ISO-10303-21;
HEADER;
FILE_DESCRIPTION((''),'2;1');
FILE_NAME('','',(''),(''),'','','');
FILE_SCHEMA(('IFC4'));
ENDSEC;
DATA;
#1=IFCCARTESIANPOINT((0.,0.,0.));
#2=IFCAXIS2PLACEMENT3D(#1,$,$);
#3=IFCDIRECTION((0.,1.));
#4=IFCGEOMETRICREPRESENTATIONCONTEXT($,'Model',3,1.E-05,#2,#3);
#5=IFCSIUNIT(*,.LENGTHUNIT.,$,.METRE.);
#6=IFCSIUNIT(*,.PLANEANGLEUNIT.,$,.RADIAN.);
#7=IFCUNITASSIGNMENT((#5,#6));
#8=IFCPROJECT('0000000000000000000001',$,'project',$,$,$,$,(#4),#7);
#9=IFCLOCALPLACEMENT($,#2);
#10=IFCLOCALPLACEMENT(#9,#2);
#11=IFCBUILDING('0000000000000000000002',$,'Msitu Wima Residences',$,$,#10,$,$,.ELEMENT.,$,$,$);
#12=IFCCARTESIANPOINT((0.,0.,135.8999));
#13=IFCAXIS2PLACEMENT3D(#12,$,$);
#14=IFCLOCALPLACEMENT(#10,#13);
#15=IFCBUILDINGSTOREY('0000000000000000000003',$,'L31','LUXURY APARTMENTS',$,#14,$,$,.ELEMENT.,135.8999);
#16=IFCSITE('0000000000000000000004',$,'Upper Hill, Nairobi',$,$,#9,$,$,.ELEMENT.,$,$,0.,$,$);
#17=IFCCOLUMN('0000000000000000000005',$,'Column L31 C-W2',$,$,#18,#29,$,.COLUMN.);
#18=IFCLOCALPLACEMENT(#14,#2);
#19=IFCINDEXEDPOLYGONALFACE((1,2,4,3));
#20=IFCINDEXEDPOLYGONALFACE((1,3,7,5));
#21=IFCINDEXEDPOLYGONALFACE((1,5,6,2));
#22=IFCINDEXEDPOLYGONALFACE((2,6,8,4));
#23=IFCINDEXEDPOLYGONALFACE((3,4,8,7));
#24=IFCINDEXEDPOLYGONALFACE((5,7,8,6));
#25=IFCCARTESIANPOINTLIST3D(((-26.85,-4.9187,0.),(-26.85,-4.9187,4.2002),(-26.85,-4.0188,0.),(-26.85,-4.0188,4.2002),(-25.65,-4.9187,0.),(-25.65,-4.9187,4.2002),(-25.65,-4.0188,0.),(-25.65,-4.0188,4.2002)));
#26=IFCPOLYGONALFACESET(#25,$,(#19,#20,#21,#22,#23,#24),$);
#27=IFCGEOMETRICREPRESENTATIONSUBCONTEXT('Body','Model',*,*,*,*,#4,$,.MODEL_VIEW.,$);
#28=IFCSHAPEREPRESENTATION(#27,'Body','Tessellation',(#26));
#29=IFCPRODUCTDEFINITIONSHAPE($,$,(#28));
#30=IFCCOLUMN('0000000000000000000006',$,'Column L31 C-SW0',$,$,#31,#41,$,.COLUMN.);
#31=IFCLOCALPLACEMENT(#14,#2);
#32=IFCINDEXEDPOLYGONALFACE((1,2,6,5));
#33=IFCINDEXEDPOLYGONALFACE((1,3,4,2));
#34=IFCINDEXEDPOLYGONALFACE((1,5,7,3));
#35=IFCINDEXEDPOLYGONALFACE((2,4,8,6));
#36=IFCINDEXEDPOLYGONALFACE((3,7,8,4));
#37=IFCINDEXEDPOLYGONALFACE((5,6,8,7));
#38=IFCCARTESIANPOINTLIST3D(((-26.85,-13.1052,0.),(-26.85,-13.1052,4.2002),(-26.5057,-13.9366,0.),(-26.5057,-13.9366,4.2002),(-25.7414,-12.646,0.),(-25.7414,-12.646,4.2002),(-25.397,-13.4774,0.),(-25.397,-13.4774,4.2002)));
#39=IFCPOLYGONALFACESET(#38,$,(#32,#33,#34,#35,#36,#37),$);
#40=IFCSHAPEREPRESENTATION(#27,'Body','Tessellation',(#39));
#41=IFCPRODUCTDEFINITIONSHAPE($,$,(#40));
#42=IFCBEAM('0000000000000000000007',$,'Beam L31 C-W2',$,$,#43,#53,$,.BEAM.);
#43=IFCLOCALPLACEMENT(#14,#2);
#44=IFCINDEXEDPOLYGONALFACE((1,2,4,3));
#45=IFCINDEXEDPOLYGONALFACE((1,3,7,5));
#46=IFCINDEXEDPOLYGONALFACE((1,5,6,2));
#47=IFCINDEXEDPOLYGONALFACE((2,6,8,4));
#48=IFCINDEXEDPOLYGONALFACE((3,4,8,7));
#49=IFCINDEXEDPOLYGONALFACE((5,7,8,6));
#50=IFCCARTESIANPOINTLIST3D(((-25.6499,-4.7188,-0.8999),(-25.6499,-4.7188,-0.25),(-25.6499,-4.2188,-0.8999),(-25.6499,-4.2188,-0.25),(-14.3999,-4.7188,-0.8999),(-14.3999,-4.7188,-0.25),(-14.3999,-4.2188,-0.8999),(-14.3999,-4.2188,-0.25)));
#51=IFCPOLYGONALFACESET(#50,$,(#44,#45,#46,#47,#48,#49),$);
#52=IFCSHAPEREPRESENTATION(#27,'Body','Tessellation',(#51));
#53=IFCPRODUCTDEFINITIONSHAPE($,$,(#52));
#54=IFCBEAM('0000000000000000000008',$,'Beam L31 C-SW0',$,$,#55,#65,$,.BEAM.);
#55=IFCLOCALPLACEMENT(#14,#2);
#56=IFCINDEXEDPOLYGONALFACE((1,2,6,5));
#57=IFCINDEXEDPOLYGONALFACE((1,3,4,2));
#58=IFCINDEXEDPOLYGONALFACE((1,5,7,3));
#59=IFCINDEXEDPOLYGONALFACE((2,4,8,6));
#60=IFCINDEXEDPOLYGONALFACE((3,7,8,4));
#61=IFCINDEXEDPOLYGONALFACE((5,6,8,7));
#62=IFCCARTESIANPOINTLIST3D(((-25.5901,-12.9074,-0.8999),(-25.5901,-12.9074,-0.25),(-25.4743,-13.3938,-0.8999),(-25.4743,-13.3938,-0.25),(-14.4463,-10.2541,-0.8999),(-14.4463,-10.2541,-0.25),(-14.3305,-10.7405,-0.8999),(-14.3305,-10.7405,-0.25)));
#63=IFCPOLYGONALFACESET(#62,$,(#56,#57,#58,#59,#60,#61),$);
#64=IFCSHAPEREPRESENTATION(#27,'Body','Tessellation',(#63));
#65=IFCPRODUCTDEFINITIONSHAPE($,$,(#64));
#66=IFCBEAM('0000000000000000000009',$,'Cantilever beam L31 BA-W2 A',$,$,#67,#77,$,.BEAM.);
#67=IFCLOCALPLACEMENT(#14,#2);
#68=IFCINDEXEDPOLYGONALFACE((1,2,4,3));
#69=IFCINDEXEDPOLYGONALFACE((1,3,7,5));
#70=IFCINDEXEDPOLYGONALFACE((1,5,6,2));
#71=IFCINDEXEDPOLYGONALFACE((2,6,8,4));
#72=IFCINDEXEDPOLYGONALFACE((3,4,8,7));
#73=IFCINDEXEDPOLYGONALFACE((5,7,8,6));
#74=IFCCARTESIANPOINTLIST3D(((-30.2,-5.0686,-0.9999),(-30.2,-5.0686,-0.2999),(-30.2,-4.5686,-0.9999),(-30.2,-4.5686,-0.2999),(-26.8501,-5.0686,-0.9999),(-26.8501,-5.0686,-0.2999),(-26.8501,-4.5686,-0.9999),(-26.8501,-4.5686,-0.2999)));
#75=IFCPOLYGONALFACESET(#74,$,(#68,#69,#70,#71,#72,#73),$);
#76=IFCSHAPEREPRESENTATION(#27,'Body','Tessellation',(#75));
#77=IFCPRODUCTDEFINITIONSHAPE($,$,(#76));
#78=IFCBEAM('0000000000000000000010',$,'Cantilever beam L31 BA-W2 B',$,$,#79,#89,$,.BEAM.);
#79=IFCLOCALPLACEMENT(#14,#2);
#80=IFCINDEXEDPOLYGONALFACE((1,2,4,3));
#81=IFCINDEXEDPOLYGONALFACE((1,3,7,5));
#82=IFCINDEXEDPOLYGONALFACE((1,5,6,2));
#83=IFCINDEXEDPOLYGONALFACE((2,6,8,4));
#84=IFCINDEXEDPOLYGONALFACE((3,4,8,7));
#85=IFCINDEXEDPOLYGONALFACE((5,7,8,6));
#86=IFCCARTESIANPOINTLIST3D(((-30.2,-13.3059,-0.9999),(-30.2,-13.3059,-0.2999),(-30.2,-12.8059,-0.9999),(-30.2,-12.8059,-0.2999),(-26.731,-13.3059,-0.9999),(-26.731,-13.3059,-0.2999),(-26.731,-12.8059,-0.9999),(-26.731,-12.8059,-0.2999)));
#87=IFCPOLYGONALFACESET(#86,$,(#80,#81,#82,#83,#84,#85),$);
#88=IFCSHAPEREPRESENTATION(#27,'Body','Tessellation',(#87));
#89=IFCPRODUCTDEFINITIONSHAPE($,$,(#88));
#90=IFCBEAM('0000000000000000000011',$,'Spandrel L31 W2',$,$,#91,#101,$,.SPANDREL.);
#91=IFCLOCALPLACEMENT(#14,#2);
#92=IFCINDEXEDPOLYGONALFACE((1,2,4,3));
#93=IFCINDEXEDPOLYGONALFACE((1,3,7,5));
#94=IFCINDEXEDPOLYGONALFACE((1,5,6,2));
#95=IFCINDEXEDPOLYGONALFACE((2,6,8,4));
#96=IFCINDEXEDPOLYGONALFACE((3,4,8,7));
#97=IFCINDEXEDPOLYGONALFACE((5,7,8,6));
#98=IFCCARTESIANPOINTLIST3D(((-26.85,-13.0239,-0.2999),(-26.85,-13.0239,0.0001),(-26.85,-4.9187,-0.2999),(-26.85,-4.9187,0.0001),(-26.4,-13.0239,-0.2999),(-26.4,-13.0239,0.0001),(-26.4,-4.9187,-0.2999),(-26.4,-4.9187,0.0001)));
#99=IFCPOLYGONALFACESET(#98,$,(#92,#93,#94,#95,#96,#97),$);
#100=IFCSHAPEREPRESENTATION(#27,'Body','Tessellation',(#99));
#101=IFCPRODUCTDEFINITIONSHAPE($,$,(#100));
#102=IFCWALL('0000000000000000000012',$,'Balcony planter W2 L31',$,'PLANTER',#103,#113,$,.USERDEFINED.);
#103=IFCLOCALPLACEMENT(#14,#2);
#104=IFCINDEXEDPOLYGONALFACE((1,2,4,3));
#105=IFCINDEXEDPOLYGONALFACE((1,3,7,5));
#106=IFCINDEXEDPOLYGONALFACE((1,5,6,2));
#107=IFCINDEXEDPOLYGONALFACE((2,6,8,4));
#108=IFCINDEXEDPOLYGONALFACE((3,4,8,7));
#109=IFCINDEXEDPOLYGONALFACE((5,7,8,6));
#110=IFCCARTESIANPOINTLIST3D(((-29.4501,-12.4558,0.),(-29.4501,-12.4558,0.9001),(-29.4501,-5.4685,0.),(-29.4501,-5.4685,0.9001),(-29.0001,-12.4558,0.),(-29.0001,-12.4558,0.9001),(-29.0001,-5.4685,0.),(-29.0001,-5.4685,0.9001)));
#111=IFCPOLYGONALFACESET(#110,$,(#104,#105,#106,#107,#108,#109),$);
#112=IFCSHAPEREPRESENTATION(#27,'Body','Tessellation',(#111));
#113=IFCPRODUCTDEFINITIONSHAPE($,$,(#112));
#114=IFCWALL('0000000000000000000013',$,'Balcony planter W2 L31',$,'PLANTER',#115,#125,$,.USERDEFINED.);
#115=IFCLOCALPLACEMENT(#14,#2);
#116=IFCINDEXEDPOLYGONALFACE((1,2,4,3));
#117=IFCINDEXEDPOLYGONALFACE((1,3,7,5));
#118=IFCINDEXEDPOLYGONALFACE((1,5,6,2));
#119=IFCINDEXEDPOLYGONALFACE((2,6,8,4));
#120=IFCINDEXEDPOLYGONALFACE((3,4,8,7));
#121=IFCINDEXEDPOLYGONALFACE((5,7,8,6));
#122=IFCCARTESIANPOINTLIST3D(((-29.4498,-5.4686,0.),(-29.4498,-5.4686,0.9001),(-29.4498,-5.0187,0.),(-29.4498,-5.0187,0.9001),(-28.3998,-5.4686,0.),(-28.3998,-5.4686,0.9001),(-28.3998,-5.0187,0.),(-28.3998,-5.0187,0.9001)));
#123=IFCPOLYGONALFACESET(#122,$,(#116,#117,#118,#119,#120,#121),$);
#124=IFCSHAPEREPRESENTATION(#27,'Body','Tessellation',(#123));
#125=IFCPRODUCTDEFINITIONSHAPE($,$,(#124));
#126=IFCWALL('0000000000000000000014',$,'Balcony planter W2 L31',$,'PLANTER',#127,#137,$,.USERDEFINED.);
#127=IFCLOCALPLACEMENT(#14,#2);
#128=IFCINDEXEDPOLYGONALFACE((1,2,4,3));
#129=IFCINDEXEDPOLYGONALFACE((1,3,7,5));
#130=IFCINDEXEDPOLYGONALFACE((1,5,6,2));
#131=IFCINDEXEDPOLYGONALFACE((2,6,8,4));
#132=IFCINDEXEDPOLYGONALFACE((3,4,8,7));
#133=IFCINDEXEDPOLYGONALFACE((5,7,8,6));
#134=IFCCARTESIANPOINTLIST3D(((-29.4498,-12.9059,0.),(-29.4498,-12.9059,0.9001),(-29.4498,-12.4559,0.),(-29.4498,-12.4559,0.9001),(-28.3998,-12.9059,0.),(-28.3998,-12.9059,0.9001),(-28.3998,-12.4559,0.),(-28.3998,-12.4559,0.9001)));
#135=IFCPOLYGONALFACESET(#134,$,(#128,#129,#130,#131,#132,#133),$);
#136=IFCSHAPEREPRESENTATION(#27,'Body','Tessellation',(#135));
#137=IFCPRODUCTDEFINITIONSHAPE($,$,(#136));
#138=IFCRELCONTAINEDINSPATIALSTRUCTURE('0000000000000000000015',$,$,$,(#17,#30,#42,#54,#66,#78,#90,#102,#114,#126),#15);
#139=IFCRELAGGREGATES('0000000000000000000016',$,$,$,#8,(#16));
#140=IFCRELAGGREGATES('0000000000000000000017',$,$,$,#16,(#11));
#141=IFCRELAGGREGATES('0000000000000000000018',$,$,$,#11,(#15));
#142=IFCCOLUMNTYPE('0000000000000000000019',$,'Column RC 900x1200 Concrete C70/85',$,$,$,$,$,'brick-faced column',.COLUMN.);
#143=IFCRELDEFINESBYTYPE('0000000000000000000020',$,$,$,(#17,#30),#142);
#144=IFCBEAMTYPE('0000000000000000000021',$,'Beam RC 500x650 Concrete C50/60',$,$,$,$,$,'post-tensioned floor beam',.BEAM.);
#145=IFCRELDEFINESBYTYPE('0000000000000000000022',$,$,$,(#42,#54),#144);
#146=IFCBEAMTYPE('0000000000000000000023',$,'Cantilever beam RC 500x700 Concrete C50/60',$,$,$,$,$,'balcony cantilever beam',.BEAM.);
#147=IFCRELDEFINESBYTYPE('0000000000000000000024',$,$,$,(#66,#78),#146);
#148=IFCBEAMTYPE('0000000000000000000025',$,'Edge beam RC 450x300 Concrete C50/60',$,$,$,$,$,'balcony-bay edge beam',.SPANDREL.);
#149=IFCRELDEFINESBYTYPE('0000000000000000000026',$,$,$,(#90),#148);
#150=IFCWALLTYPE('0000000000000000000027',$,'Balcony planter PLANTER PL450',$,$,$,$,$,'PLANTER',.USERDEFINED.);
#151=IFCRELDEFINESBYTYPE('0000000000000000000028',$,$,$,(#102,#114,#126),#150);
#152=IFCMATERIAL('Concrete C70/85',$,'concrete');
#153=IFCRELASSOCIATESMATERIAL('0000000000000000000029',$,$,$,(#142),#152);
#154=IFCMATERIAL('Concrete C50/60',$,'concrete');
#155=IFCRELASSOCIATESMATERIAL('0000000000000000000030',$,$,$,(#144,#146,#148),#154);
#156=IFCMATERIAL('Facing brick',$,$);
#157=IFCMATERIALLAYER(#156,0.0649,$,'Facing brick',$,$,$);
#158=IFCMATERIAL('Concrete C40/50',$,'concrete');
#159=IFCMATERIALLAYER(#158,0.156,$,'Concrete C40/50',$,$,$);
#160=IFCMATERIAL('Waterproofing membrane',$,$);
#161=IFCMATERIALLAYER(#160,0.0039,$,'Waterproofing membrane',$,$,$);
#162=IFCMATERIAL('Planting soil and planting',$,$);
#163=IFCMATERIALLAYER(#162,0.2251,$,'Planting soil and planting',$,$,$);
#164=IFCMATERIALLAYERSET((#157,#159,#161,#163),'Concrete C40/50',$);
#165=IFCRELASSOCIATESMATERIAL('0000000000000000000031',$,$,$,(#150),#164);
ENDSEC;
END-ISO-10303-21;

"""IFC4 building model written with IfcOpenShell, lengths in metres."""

from ifc_helpers import new_model, si_unit, direction, frame, frame_2d, origin, origin_2d, place, context, subcontext, project, spatial, rectangle, extrude, material, layer, layer_set, material_profile, profile_set, type_object, element, save


model = new_model("IFC4")

# Units and contexts
model_context = context("Model", 3, precision=1e-05, world=origin(), true_north=direction((0.0, 1.0)))
body_context = subcontext(model_context, "Body", "Model", "MODEL_VIEW")
ifc_project = project(units=[si_unit("LENGTHUNIT", "METRE"), si_unit("PLANEANGLEUNIT", "RADIAN")], contexts=[model_context])

# Site, building, storey
site_placement = place(None, origin())
site = spatial("IfcSite", under=ifc_project, at=site_placement, Name="Upper Hill, Nairobi", CompositionType="ELEMENT", RefElevation=0.0)
building_placement = place(site_placement, origin())
building = spatial("IfcBuilding", under=site, at=building_placement, Name="Msitu Wima Residences", CompositionType="ELEMENT")
storey_placement = place(building_placement, frame((0.0, 0.0, 135.8999)))
storey = spatial("IfcBuildingStorey", under=building, at=storey_placement, Name="L31", Description="LUXURY APARTMENTS", CompositionType="ELEMENT", Elevation=135.8999)

# Columns
ifc_material_1 = material(Name="Concrete C70/85", Category="concrete")
ifc_material_profile_1 = material_profile(ifc_material_1, rectangle(XDim=0.8999, YDim=1.2, at=origin_2d()), Name="RC 900x1200")
ifc_profile_set_1 = profile_set([ifc_material_profile_1], Name="Concrete C70/85")
column_type = type_object("IfcColumnType", Name="Column RC 900x1200 Concrete C70/85", ElementType="brick-faced column", PredefinedType="COLUMN", material=ifc_profile_set_1)
for number, where, z_axis, x_axis, name in (
    (1, (-26.25, -4.4688, 0.0), (0.0, 0.0, 1.0), (0.0, -1.0, 0.0), "Column L31 C-W2"),
    (2, (-26.1235, -13.2913, 0.0), (0.0, 0.0, 1.0), (0.382683, -0.92388, 0.0), "Column L31 C-SW0"),
):
    element("IfcColumn", number, at=place(storey_placement, frame(where, z_axis=z_axis, x_axis=x_axis)), inside=storey, type_object=column_type, Name=name, PredefinedType="COLUMN", context=body_context, shape_type="SweptSolid", body=[
        extrude(rectangle(XDim=0.8999, YDim=1.2, at=origin_2d()), origin(), (0.0, 0.0, 1.0), 4.2002),
    ])

# Beams
ifc_material_2 = material(Name="Concrete C50/60", Category="concrete")
ifc_material_profile_2 = material_profile(ifc_material_2, rectangle(XDim=0.5, YDim=0.6499, at=origin_2d()), Name="RC 500x650")
ifc_profile_set_2 = profile_set([ifc_material_profile_2], Name="Concrete C50/60")
beam_type_1 = type_object("IfcBeamType", Name="Beam RC 500x650 Concrete C50/60", ElementType="post-tensioned floor beam", PredefinedType="BEAM", material=ifc_profile_set_2)
beam_1_placement = place(storey_placement, frame((-25.6499, -4.4688, -0.575), z_axis=(1.0, 0.0, 0.0), x_axis=(0.0, 1.0, 0.0)))
element("IfcBeam", 3, at=beam_1_placement, inside=storey, type_object=beam_type_1, Name="Beam L31 C-W2", PredefinedType="BEAM", context=body_context, shape_type="SweptSolid", body=[
    extrude(rectangle(XDim=0.5, YDim=0.6499, at=origin_2d()), origin(), (0.0, 0.0, 1.0), 11.25),
])
beam_2_placement = place(storey_placement, frame((-25.5322, -13.1506, -0.575), z_axis=(0.972806, 0.231623, 0.0), x_axis=(-0.231623, 0.972806, 0.0)))
element("IfcBeam", 4, at=beam_2_placement, inside=storey, type_object=beam_type_1, Name="Beam L31 C-SW0", PredefinedType="BEAM", context=body_context, shape_type="SweptSolid", body=[
    extrude(rectangle(XDim=0.5, YDim=0.6499, at=origin_2d()), origin(), (0.0, 0.0, 1.0), 11.4553),
])
ifc_material_profile_3 = material_profile(ifc_material_2, rectangle(XDim=0.5, YDim=0.7, at=origin_2d()), Name="RC 500x700")
ifc_profile_set_3 = profile_set([ifc_material_profile_3], Name="Concrete C50/60")
beam_type_2 = type_object("IfcBeamType", Name="Cantilever beam RC 500x700 Concrete C50/60", ElementType="balcony cantilever beam", PredefinedType="BEAM", material=ifc_profile_set_3)
beam_3_placement = place(storey_placement, frame((-26.8501, -4.8186, -0.6499), z_axis=(-1.0, 0.0, 0.0), x_axis=(0.0, -1.0, 0.0)))
element("IfcBeam", 5, at=beam_3_placement, inside=storey, type_object=beam_type_2, Name="Cantilever beam L31 BA-W2 A", PredefinedType="BEAM", context=body_context, shape_type="SweptSolid", body=[
    extrude(rectangle(XDim=0.5, YDim=0.7, at=origin_2d()), origin(), (0.0, 0.0, 1.0), 3.3499),
])
beam_4_placement = place(storey_placement, frame((-26.731, -13.0559, -0.6499), z_axis=(-1.0, 0.0, 0.0), x_axis=(0.0, -1.0, 0.0)))
element("IfcBeam", 6, at=beam_4_placement, inside=storey, type_object=beam_type_2, Name="Cantilever beam L31 BA-W2 B", PredefinedType="BEAM", context=body_context, shape_type="SweptSolid", body=[
    extrude(rectangle(XDim=0.5, YDim=0.7, at=origin_2d()), origin(), (0.0, 0.0, 1.0), 3.469),
])
ifc_material_profile_4 = material_profile(ifc_material_2, rectangle(XDim=0.45, YDim=0.3, at=origin_2d()), Name="RC 450x300")
ifc_profile_set_4 = profile_set([ifc_material_profile_4], Name="Concrete C50/60")
beam_type_3 = type_object("IfcBeamType", Name="Edge beam RC 450x300 Concrete C50/60", ElementType="balcony-bay edge beam", PredefinedType="SPANDREL", material=ifc_profile_set_4)
beam_5_placement = place(storey_placement, frame((-26.625, -4.9187, -0.1499), z_axis=(0.0, -1.0, 0.0), x_axis=(1.0, 0.0, 0.0)))
element("IfcBeam", 7, at=beam_5_placement, inside=storey, type_object=beam_type_3, Name="Spandrel L31 W2", PredefinedType="SPANDREL", context=body_context, shape_type="SweptSolid", body=[
    extrude(rectangle(XDim=0.45, YDim=0.3, at=origin_2d()), origin(), (0.0, 0.0, 1.0), 8.1052),
])

# Walls
ifc_material_3 = material(Name="Facing brick")
ifc_layer_1 = layer(ifc_material_3, 0.0649, Name="Facing brick")
ifc_material_4 = material(Name="Concrete C40/50", Category="concrete")
ifc_layer_2 = layer(ifc_material_4, 0.156, Name="Concrete C40/50")
ifc_material_5 = material(Name="Waterproofing membrane")
ifc_layer_3 = layer(ifc_material_5, 0.0039, Name="Waterproofing membrane")
ifc_material_6 = material(Name="Planting soil and planting")
ifc_layer_4 = layer(ifc_material_6, 0.2251, Name="Planting soil and planting")
ifc_layer_set_1 = layer_set([ifc_layer_1, ifc_layer_2, ifc_layer_3, ifc_layer_4], Name="Concrete C40/50")
wall_type_1 = type_object("IfcWallType", Name="Balcony planter PLANTER PL450", ElementType="PLANTER", PredefinedType="USERDEFINED", material=ifc_layer_set_1)
wall_1_placement = place(storey_placement, frame((-29.2251, -5.4685, 0.0), z_axis=(0.0, 0.0, 1.0), x_axis=(0.0, -1.0, 0.0)))
element("IfcWall", 8, at=wall_1_placement, inside=storey, type_object=wall_type_1, Name="Balcony planter W2 L31", ObjectType="PLANTER", PredefinedType="USERDEFINED", context=body_context, shape_type="SweptSolid", body=[
    extrude(rectangle(XDim=6.9873, YDim=0.45, at=frame_2d((3.4937, 0.0))), origin(), (0.0, 0.0, 1.0), 0.9001),
])
for number, where, z_axis, x_axis, name in (
    (9, (-28.3999, -5.2437, 0.0), (0.0, 0.0, 1.0), (-1.0, 0.0, 0.0), "Balcony planter W2 L31"),
    (10, (-28.3999, -12.6809, 0.0), (0.0, 0.0, 1.0), (-1.0, 0.0, 0.0), "Balcony planter W2 L31"),
):
    element("IfcWall", number, at=place(storey_placement, frame(where, z_axis=z_axis, x_axis=x_axis)), inside=storey, type_object=wall_type_1, Name=name, ObjectType="PLANTER", PredefinedType="USERDEFINED", context=body_context, shape_type="SweptSolid", body=[
        extrude(rectangle(XDim=1.05, YDim=0.45, at=frame_2d((0.5249, 0.0))), origin(), (0.0, 0.0, 1.0), 0.9001),
    ])

save(model, "model.ifc")
